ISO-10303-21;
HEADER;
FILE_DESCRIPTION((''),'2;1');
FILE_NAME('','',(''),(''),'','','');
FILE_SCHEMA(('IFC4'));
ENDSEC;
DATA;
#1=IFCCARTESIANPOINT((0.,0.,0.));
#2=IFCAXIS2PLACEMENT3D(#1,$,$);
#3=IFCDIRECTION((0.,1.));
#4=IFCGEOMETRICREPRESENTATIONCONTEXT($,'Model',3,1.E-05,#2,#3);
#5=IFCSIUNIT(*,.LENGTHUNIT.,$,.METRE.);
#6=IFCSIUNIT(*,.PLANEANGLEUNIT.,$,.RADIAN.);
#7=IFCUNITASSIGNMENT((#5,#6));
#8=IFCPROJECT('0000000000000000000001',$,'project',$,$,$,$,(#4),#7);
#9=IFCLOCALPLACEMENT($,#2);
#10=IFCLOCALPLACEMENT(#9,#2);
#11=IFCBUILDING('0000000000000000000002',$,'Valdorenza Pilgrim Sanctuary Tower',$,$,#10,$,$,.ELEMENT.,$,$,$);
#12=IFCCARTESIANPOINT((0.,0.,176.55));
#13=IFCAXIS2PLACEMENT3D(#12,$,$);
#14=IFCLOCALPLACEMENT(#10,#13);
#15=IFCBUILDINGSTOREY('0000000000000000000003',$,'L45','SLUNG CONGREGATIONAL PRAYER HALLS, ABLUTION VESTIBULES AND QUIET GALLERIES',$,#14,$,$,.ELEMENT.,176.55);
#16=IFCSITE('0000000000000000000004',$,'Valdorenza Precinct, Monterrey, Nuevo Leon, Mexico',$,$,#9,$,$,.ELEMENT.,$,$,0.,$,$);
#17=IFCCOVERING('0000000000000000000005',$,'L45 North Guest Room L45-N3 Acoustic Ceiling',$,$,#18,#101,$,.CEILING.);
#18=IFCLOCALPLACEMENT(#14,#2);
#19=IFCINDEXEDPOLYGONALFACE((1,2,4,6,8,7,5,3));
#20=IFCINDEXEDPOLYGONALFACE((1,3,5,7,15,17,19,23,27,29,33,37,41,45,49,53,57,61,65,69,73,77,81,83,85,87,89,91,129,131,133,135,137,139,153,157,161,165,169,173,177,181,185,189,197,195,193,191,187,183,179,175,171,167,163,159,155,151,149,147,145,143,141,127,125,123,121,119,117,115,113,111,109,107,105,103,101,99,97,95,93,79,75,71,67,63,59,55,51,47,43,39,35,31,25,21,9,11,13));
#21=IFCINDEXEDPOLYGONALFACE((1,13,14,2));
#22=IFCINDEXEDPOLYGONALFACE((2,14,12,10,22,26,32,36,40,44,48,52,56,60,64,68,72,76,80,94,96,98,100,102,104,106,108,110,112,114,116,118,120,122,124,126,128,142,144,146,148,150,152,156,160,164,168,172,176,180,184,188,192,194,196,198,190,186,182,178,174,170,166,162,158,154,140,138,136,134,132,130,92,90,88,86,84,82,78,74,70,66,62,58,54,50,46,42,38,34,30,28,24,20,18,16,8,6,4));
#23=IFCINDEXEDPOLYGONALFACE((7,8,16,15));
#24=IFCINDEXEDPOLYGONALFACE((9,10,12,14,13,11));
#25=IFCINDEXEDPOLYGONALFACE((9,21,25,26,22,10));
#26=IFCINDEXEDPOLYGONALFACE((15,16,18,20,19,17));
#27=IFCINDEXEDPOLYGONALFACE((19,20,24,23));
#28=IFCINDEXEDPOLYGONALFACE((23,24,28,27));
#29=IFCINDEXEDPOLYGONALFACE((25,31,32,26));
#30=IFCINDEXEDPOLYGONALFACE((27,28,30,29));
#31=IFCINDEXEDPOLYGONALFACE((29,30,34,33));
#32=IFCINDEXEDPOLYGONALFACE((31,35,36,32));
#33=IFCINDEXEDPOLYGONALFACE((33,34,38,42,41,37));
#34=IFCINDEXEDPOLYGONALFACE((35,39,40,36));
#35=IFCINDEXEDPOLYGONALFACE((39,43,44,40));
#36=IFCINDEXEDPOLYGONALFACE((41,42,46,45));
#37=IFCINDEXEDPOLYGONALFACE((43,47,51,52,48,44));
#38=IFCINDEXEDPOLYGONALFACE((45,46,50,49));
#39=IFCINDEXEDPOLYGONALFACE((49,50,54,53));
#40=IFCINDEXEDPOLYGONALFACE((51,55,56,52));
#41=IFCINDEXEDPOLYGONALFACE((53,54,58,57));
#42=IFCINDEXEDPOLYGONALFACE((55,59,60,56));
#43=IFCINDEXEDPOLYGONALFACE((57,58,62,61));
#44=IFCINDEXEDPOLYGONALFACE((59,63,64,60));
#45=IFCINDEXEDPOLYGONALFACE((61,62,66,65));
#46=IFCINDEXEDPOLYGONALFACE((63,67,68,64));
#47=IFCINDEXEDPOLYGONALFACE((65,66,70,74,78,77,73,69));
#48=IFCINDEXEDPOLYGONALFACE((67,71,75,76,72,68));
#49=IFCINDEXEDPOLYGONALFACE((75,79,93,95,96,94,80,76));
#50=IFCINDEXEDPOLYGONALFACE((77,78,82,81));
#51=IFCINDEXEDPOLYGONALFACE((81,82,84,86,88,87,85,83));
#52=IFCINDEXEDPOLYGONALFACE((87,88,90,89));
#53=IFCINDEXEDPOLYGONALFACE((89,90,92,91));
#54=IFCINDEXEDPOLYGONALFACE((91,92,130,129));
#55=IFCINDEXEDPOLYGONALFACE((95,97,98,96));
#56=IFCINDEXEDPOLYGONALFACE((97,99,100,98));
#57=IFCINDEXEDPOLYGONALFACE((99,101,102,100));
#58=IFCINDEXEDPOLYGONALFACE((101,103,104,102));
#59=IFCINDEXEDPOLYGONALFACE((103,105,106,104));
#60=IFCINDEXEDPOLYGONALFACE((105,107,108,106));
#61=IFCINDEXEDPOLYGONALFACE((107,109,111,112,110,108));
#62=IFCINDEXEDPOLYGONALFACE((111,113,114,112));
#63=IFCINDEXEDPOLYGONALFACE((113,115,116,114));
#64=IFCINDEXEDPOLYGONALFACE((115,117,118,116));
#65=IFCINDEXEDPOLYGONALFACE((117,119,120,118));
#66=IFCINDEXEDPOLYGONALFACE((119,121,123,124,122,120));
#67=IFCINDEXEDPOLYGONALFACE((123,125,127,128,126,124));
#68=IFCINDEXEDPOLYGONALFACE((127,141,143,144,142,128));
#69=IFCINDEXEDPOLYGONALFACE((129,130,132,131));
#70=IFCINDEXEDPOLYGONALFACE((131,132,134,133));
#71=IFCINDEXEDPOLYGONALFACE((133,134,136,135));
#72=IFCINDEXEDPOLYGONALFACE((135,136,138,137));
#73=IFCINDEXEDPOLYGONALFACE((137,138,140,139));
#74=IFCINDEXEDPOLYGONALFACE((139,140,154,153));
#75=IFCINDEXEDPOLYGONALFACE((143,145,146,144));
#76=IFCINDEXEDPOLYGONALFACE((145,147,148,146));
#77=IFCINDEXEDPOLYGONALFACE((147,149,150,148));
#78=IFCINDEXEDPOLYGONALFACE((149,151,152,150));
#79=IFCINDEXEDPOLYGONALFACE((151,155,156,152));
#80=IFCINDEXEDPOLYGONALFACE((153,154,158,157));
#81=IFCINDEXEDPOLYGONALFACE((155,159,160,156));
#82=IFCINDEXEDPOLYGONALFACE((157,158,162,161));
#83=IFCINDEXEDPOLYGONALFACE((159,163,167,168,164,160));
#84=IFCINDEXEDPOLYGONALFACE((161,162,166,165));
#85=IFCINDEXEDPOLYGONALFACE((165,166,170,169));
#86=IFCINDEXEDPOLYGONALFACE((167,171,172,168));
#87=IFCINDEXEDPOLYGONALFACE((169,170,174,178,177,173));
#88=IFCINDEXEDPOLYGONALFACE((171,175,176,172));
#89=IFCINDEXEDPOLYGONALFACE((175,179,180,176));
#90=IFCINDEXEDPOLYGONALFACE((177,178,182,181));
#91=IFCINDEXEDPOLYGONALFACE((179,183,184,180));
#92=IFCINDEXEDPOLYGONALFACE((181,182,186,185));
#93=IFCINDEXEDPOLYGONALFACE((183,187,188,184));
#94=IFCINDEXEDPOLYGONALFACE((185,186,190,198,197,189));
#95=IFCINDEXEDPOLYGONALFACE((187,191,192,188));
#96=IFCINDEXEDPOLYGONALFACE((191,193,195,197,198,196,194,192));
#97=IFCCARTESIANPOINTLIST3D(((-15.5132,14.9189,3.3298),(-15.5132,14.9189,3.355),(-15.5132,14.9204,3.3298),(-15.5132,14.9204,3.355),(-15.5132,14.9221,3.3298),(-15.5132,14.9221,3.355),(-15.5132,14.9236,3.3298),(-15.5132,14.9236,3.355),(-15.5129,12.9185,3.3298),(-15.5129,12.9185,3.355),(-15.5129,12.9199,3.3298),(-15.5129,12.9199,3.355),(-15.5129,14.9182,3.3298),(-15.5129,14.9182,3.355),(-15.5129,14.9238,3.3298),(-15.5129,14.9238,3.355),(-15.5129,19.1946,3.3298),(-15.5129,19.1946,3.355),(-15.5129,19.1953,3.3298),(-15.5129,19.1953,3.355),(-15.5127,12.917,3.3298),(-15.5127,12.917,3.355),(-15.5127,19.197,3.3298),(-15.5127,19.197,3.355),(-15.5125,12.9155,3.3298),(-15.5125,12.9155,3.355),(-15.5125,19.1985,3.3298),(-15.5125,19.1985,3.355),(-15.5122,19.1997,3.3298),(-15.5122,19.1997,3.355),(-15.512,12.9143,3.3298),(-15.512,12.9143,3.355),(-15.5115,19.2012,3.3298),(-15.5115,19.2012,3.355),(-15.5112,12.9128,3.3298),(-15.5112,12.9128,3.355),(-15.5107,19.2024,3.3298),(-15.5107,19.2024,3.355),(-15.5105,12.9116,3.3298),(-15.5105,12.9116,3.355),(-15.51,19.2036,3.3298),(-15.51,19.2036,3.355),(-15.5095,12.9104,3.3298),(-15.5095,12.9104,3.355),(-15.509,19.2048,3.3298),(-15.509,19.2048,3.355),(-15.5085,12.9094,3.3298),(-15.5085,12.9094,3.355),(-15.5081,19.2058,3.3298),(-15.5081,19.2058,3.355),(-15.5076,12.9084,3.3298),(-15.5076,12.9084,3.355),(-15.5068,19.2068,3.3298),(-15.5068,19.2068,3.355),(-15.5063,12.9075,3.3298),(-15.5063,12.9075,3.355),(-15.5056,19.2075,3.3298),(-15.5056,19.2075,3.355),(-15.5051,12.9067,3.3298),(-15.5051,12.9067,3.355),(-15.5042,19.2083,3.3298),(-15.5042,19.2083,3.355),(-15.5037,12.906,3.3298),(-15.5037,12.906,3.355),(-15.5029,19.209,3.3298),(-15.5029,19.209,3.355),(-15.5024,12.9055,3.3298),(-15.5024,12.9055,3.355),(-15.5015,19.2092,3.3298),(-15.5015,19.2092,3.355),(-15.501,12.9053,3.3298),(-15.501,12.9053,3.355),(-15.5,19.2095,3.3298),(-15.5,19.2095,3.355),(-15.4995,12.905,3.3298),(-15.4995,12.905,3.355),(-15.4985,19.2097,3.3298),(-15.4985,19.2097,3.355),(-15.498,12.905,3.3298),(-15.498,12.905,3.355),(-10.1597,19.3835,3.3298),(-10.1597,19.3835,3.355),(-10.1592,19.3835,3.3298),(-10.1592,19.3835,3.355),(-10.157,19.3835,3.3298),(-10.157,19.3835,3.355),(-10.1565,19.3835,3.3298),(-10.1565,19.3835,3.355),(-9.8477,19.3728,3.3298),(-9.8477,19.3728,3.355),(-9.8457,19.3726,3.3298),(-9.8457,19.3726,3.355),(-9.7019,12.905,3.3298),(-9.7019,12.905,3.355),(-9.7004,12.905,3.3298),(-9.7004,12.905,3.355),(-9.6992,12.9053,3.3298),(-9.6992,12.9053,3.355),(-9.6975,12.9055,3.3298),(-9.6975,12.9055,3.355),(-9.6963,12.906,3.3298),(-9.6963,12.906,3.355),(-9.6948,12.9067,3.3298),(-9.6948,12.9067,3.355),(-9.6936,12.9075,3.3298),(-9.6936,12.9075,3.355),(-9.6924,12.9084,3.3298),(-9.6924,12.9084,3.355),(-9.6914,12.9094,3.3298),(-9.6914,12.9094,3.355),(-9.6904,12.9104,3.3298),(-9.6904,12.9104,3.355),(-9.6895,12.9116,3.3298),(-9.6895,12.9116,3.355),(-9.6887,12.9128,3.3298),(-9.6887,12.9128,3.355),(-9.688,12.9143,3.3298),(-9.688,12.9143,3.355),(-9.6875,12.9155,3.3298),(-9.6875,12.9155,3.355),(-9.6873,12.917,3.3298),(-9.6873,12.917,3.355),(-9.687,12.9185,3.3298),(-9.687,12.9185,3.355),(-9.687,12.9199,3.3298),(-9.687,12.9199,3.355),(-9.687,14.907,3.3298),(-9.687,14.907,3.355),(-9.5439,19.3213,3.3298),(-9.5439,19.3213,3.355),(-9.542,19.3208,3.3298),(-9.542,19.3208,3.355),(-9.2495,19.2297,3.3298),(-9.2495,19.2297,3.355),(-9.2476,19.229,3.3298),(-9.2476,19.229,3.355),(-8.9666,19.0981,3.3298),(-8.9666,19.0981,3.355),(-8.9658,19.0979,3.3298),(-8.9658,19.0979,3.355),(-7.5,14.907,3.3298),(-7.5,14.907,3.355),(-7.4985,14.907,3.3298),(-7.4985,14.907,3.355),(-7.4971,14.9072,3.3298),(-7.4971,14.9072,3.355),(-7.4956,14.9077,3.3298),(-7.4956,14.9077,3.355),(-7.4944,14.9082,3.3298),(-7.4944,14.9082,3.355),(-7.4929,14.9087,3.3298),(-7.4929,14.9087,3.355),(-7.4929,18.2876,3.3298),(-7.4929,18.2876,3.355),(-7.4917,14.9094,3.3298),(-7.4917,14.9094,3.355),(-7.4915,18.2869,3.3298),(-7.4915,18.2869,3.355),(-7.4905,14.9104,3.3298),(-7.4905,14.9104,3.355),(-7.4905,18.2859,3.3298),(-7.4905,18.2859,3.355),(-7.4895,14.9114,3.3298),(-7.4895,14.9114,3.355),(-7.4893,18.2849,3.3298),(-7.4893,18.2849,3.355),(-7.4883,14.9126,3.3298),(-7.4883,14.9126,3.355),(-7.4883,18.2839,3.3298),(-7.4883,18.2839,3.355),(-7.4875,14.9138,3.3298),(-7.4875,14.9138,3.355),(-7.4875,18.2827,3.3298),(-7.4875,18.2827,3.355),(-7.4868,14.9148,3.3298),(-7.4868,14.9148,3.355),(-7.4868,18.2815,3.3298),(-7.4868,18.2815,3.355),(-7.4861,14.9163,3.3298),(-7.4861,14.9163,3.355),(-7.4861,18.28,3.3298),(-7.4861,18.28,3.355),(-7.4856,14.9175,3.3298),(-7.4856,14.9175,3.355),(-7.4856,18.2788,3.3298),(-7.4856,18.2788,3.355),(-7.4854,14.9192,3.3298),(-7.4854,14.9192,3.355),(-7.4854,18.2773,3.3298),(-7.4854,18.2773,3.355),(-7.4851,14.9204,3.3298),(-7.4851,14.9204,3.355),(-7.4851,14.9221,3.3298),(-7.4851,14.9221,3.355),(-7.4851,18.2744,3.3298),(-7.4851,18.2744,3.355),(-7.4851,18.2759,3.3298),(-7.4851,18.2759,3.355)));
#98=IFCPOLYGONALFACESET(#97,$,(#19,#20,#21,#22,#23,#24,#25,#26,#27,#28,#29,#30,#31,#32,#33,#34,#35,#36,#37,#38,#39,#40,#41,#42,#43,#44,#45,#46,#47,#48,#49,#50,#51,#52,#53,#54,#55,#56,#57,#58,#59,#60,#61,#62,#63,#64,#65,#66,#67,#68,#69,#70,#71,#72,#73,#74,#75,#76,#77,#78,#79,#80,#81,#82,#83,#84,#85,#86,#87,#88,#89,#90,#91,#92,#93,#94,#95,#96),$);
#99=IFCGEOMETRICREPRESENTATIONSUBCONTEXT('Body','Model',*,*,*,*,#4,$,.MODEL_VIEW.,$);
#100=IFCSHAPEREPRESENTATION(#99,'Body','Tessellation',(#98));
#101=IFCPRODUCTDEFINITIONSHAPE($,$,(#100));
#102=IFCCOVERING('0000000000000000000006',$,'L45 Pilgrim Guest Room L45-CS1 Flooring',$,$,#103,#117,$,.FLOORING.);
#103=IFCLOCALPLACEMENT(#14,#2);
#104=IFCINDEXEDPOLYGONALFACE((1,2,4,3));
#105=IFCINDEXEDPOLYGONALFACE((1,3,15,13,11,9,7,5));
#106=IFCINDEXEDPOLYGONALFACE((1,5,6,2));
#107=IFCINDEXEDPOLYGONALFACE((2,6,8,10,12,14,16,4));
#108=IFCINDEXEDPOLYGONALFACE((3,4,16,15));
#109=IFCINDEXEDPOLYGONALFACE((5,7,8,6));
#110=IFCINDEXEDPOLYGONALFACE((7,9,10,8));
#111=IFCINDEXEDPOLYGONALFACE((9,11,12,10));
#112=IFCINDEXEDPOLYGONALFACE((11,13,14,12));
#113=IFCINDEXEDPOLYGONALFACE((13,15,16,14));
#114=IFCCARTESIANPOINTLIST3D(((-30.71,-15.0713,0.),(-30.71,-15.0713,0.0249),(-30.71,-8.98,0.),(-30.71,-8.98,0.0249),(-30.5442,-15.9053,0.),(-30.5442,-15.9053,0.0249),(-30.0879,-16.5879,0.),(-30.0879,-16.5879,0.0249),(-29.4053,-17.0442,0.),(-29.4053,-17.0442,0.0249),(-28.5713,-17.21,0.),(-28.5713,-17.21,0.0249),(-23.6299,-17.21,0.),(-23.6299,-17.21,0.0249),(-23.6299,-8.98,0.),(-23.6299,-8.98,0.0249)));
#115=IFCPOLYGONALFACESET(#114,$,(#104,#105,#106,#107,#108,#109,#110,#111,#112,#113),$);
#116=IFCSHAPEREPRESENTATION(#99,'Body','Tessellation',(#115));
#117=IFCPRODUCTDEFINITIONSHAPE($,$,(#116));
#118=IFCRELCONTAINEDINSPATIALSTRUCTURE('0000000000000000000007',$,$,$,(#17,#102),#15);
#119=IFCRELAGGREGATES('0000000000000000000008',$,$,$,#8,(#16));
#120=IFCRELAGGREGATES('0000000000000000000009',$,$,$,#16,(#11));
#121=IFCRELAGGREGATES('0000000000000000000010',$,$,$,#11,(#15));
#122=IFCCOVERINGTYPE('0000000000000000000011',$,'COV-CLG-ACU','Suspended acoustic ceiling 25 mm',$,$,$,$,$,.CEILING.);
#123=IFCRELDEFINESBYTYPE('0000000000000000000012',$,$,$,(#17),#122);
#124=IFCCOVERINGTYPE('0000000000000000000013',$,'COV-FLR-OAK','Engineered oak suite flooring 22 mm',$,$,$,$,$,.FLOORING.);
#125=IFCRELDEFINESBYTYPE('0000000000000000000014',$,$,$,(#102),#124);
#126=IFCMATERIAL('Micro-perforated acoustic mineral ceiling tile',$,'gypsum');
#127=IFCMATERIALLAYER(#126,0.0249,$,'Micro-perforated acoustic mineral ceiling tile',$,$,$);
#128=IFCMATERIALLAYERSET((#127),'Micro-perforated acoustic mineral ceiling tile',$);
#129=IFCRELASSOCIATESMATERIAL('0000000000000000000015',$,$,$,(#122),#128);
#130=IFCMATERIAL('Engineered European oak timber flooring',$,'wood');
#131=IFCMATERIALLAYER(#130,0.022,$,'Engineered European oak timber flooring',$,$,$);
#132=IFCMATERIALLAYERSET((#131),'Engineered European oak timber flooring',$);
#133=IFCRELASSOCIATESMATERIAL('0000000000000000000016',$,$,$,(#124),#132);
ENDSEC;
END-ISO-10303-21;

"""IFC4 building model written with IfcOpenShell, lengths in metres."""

from ifc_helpers import new_model, si_unit, direction, frame, origin, place, context, subcontext, project, spatial, polyline, outline, extrude, material, layer, layer_set, type_object, element, save


model = new_model("IFC4")

# Units and contexts
model_context = context("Model", 3, precision=1e-05, world=origin(), true_north=direction((0.0, 1.0)))
body_context = subcontext(model_context, "Body", "Model", "MODEL_VIEW")
ifc_project = project(units=[si_unit("LENGTHUNIT", "METRE"), si_unit("PLANEANGLEUNIT", "RADIAN")], contexts=[model_context])

# Site, building, storey
site_placement = place(None, origin())
site = spatial("IfcSite", under=ifc_project, at=site_placement, Name="Valdorenza Precinct, Monterrey, Nuevo Leon, Mexico", CompositionType="ELEMENT", RefElevation=0.0)
building_placement = place(site_placement, origin())
building = spatial("IfcBuilding", under=site, at=building_placement, Name="Valdorenza Pilgrim Sanctuary Tower", CompositionType="ELEMENT")
storey_placement = place(building_placement, frame((0.0, 0.0, 176.55)))
storey = spatial("IfcBuildingStorey", under=building, at=storey_placement, Name="L45", Description="SLUNG CONGREGATIONAL PRAYER HALLS, ABLUTION VESTIBULES AND QUIET GALLERIES", CompositionType="ELEMENT", Elevation=176.55)

# Coverings
ifc_material_1 = material(Name="Micro-perforated acoustic mineral ceiling tile", Category="gypsum")
ifc_layer_1 = layer(ifc_material_1, 0.0249, Name="Micro-perforated acoustic mineral ceiling tile")
ifc_layer_set_1 = layer_set([ifc_layer_1], Name="Micro-perforated acoustic mineral ceiling tile")
covering_type_1 = type_object("IfcCoveringType", Name="COV-CLG-ACU", Description="Suspended acoustic ceiling 25 mm", PredefinedType="CEILING", material=ifc_layer_set_1)
covering_1_placement = place(storey_placement, frame((0.0, 0.0, 3.3298)))
element("IfcCovering", 1, at=covering_1_placement, inside=storey, type_object=covering_type_1, Name="L45 North Guest Room L45-N3 Acoustic Ceiling", PredefinedType="CEILING", context=body_context, shape_type="SweptSolid", body=[
    extrude(outline(polyline([(-15.5129, 14.9182), (-15.5132, 14.9189), (-15.5132, 14.9204), (-15.5132, 14.9221), (-15.5132, 14.9236), (-15.5129, 14.9238), (-15.5129, 19.1946), (-15.5129, 19.1946), (-15.5129, 19.1953), (-15.5127, 19.197), (-15.5125, 19.1985), (-15.5122, 19.1997), (-15.5115, 19.2012), (-15.5107, 19.2024), (-15.51, 19.2036), (-15.509, 19.2048), (-15.5081, 19.2058), (-15.5068, 19.2068), (-15.5056, 19.2075), (-15.5042, 19.2083), (-15.5029, 19.209), (-15.5015, 19.2092), (-15.5, 19.2095), (-15.4985, 19.2097), (-10.1597, 19.3835), (-10.1592, 19.3835), (-10.157, 19.3835), (-10.1565, 19.3835), (-9.8477, 19.3728), (-9.8457, 19.3726), (-9.5439, 19.3213), (-9.542, 19.3208), (-9.2495, 19.2297), (-9.2476, 19.229), (-8.9666, 19.0981), (-8.9658, 19.0979), (-7.4929, 18.2876), (-7.4915, 18.2869), (-7.4905, 18.2859), (-7.4893, 18.2849), (-7.4883, 18.2839), (-7.4875, 18.2827), (-7.4868, 18.2815), (-7.4861, 18.28), (-7.4856, 18.2788), (-7.4854, 18.2773), (-7.4851, 18.2759), (-7.4851, 18.2744), (-7.4851, 14.9221), (-7.4851, 14.9204), (-7.4854, 14.9192), (-7.4856, 14.9175), (-7.4861, 14.9163), (-7.4868, 14.9148), (-7.4875, 14.9138), (-7.4883, 14.9126), (-7.4895, 14.9114), (-7.4905, 14.9104), (-7.4917, 14.9094), (-7.4929, 14.9087), (-7.4944, 14.9082), (-7.4956, 14.9077), (-7.4971, 14.9072), (-7.4985, 14.907), (-7.5, 14.907), (-9.687, 14.907), (-9.687, 12.9199), (-9.687, 12.9185), (-9.6873, 12.917), (-9.6875, 12.9155), (-9.688, 12.9143), (-9.6887, 12.9128), (-9.6895, 12.9116), (-9.6904, 12.9104), (-9.6914, 12.9094), (-9.6924, 12.9084), (-9.6936, 12.9075), (-9.6948, 12.9067), (-9.6963, 12.906), (-9.6975, 12.9055), (-9.6992, 12.9053), (-9.7004, 12.905), (-9.7019, 12.905), (-15.498, 12.905), (-15.4995, 12.905), (-15.501, 12.9053), (-15.5024, 12.9055), (-15.5037, 12.906), (-15.5051, 12.9067), (-15.5063, 12.9075), (-15.5076, 12.9084), (-15.5085, 12.9094), (-15.5095, 12.9104), (-15.5105, 12.9116), (-15.5112, 12.9128), (-15.512, 12.9143), (-15.5125, 12.9155), (-15.5127, 12.917), (-15.5129, 12.9185), (-15.5129, 12.9199), (-15.5129, 14.9182)])), origin(), (0.0, 0.0, 1.0), 0.0251),
])
ifc_material_2 = material(Name="Engineered European oak timber flooring", Category="wood")
ifc_layer_2 = layer(ifc_material_2, 0.022, Name="Engineered European oak timber flooring")
ifc_layer_set_2 = layer_set([ifc_layer_2], Name="Engineered European oak timber flooring")
covering_type_2 = type_object("IfcCoveringType", Name="COV-FLR-OAK", Description="Engineered oak suite flooring 22 mm", PredefinedType="FLOORING", material=ifc_layer_set_2)
covering_2_placement = place(storey_placement, origin())
element("IfcCovering", 2, at=covering_2_placement, inside=storey, type_object=covering_type_2, Name="L45 Pilgrim Guest Room L45-CS1 Flooring", PredefinedType="FLOORING", context=body_context, shape_type="SweptSolid", body=[
    extrude(outline(polyline([(-23.6299, -8.98), (-23.6299, -17.21), (-28.5713, -17.21), (-29.4053, -17.0442), (-30.0879, -16.5879), (-30.5442, -15.9053), (-30.71, -15.0713), (-30.71, -8.98), (-23.6299, -8.98)])), origin(), (0.0, 0.0, 1.0), 0.0249),
])

save(model, "model.ifc")
